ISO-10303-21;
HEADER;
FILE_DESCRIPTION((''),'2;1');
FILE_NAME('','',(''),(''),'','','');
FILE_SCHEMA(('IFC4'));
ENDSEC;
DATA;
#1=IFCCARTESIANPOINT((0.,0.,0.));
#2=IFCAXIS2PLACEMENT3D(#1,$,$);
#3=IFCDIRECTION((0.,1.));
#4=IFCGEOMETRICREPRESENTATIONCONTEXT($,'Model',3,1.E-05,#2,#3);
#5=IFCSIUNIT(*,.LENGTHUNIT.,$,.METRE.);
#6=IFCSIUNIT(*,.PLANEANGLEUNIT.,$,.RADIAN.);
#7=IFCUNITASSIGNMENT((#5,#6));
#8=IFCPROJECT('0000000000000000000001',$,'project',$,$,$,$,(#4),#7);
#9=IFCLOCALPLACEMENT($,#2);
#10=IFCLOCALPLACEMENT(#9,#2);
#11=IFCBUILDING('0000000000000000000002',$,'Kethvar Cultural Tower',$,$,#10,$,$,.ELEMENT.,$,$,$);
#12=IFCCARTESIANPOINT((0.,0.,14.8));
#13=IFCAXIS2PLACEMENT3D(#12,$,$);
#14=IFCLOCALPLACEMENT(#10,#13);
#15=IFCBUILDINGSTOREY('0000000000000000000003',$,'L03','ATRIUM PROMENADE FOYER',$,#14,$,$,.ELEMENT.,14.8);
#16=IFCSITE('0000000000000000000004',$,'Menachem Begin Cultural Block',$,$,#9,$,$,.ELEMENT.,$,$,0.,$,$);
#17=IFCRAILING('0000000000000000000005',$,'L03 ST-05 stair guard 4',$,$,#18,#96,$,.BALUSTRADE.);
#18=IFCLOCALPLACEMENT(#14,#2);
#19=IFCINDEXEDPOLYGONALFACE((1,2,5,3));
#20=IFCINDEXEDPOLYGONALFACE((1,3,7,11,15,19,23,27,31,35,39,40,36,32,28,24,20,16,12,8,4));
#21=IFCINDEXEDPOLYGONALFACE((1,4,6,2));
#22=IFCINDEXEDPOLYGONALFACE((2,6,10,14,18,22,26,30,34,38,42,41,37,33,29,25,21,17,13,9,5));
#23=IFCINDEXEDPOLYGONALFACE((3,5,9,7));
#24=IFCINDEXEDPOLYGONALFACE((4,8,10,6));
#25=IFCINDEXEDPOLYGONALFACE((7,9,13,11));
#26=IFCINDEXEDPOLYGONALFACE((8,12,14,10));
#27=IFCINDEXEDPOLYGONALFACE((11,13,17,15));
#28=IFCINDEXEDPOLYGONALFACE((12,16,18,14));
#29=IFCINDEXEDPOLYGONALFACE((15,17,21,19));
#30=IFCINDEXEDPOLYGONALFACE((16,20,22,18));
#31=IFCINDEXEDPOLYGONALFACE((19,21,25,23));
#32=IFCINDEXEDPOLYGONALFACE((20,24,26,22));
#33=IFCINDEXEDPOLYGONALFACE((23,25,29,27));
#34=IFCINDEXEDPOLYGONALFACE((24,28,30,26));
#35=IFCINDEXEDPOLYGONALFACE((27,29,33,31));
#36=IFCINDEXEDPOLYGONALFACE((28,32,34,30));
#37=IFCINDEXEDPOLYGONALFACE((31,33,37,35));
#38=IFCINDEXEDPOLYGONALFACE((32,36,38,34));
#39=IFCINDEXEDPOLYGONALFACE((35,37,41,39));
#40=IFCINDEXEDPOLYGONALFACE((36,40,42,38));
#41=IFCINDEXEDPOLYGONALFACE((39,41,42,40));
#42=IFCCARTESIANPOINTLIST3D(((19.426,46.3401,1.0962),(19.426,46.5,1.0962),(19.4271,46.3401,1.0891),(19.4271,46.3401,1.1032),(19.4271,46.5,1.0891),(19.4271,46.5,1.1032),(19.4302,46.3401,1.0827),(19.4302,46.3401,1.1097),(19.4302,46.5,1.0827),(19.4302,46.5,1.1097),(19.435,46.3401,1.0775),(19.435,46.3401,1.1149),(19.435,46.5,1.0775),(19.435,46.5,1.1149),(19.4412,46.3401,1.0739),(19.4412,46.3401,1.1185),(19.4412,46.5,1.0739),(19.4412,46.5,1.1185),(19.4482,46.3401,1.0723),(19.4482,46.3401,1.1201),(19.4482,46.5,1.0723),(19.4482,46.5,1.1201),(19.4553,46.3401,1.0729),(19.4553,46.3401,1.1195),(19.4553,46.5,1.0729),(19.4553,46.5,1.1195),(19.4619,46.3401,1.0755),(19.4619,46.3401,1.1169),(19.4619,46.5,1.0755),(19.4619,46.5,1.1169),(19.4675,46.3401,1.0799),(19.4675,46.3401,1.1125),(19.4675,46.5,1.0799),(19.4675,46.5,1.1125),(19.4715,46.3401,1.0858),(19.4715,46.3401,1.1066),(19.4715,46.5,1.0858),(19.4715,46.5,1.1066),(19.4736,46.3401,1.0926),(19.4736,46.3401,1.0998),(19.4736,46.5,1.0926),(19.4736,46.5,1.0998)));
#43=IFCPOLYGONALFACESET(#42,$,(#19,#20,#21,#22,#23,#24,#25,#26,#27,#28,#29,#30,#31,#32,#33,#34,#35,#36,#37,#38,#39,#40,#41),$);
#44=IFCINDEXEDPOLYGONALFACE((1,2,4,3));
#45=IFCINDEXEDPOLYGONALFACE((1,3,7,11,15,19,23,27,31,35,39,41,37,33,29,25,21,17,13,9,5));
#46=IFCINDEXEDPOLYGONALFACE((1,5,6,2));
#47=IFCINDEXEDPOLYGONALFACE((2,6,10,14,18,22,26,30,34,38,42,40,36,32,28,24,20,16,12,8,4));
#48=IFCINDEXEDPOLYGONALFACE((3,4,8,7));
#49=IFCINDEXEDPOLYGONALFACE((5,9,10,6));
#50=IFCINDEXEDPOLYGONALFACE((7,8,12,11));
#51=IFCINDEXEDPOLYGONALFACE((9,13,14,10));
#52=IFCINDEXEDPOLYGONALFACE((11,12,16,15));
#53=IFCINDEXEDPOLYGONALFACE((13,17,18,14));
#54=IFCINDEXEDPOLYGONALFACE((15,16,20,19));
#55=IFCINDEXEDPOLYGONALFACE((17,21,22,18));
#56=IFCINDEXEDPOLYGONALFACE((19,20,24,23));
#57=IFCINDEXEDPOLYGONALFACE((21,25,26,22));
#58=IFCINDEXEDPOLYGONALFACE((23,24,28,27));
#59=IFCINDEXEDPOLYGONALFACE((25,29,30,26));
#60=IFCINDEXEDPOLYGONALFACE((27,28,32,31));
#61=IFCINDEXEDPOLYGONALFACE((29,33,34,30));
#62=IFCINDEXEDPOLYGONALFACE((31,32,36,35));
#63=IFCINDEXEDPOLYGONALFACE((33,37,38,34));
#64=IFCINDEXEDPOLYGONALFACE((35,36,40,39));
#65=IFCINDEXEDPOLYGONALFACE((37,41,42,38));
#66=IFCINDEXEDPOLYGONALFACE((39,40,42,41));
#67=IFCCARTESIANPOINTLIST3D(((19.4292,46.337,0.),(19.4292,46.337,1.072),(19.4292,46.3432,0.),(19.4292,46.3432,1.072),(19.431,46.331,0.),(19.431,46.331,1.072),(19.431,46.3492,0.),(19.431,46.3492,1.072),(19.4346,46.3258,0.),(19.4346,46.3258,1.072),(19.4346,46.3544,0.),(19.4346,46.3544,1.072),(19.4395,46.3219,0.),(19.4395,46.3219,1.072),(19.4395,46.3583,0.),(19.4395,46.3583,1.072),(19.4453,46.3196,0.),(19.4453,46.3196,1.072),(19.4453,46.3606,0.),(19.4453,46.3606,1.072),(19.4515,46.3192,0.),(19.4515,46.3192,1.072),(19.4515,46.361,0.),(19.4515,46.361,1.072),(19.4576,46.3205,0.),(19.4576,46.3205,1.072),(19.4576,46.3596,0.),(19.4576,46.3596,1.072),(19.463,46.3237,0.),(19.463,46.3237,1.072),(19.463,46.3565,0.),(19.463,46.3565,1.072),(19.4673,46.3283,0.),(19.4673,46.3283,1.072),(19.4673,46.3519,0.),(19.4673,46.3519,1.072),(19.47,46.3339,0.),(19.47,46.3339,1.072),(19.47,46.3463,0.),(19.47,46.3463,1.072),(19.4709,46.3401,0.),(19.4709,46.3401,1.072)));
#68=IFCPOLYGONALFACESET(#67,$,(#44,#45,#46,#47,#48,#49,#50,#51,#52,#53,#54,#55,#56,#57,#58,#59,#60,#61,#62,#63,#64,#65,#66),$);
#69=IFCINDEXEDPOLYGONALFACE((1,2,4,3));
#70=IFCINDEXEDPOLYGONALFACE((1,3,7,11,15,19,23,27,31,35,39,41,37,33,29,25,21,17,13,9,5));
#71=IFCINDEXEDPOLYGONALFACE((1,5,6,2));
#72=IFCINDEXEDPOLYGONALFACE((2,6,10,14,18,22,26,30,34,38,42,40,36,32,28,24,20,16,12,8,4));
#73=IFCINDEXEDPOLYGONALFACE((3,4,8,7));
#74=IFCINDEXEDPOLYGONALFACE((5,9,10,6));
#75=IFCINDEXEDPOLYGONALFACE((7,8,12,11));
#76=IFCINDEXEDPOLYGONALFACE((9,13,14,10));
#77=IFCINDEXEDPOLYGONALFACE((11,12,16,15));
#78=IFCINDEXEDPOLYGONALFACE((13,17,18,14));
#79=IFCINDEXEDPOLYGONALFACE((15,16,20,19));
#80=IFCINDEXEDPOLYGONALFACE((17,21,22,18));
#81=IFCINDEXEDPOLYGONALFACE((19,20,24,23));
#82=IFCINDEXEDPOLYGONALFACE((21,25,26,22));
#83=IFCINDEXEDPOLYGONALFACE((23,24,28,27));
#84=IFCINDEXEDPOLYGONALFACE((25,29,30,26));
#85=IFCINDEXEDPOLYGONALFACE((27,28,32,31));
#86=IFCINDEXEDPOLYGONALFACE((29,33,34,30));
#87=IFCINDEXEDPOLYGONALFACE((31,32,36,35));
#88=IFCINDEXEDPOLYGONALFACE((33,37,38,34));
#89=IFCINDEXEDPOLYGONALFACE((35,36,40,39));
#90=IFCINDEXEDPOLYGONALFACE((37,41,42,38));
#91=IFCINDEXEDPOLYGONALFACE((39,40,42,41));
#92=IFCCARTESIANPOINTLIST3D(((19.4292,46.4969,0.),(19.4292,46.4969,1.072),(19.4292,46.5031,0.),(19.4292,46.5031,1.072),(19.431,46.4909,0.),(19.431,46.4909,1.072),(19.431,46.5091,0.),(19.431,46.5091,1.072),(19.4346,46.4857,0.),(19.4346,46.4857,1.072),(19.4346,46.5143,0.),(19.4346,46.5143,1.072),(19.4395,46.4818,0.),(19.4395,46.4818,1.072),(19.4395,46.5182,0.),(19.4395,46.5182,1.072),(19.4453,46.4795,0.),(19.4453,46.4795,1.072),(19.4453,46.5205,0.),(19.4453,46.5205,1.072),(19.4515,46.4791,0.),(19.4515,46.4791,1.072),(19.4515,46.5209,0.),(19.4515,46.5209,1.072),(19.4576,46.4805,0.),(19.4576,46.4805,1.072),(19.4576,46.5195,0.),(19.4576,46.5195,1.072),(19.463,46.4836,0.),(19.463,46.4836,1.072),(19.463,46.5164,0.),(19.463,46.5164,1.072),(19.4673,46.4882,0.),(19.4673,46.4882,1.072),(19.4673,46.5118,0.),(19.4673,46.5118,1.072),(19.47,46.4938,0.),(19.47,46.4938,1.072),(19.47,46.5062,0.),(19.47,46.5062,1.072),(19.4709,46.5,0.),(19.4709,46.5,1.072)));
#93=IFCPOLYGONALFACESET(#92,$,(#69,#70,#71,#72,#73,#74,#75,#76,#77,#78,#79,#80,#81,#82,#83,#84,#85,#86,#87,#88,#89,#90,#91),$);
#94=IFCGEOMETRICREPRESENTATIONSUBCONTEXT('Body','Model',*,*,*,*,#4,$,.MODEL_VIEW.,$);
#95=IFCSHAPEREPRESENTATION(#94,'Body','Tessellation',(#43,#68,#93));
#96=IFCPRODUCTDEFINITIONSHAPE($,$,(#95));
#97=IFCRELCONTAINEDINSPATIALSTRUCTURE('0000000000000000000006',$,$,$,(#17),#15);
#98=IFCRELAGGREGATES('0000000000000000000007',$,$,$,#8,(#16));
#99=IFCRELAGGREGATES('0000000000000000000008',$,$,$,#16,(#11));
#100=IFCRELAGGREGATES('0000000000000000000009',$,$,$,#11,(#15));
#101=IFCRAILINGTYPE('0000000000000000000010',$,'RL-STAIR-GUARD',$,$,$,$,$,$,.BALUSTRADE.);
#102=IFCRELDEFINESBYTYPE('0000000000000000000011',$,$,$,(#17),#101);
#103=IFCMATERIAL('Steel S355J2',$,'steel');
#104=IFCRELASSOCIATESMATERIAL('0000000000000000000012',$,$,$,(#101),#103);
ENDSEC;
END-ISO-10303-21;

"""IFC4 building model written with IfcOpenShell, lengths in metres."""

from ifc_helpers import new_model, si_unit, direction, frame, origin, origin_2d, place, context, subcontext, project, spatial, circle, extrude, material, type_object, element, save


model = new_model("IFC4")

# Units and contexts
model_context = context("Model", 3, precision=1e-05, world=origin(), true_north=direction((0.0, 1.0)))
body_context = subcontext(model_context, "Body", "Model", "MODEL_VIEW")
ifc_project = project(units=[si_unit("LENGTHUNIT", "METRE"), si_unit("PLANEANGLEUNIT", "RADIAN")], contexts=[model_context])

# Site, building, storey
site_placement = place(None, origin())
site = spatial("IfcSite", under=ifc_project, at=site_placement, Name="Menachem Begin Cultural Block", CompositionType="ELEMENT", RefElevation=0.0)
building_placement = place(site_placement, origin())
building = spatial("IfcBuilding", under=site, at=building_placement, Name="Kethvar Cultural Tower", CompositionType="ELEMENT")
storey_placement = place(building_placement, frame((0.0, 0.0, 14.8)))
storey = spatial("IfcBuildingStorey", under=building, at=storey_placement, Name="L03", Description="ATRIUM PROMENADE FOYER", CompositionType="ELEMENT", Elevation=14.8)

# Railing
ifc_material_1 = material(Name="Steel S355J2", Category="steel")
railing_type_1 = type_object("IfcRailingType", Name="RL-STAIR-GUARD", PredefinedType="BALUSTRADE", material=ifc_material_1)
railing_1_placement = place(storey_placement, frame((19.45, 46.3401, 0.0)))
element("IfcRailing", 1, at=railing_1_placement, inside=storey, type_object=railing_type_1, Name="L03 ST-05 stair guard 4", PredefinedType="BALUSTRADE", context=body_context, shape_type="SweptSolid", body=[
    extrude(circle(Radius=0.0239, at=origin_2d()), frame((0.0, 0.0, 1.0962), z_axis=(0.0, 1.0, 0.0), x_axis=(-1.0, 0.0, 0.0)), (0.0, 0.0, 1.0), 0.1599),
    extrude(circle(Radius=0.021, at=origin_2d()), origin(), (0.0, 0.0, 1.0), 1.072),
    extrude(circle(Radius=0.021, at=origin_2d()), frame((0.0, 0.1599, 0.0)), (0.0, 0.0, 1.0), 1.072),
])

save(model, "model.ifc")
